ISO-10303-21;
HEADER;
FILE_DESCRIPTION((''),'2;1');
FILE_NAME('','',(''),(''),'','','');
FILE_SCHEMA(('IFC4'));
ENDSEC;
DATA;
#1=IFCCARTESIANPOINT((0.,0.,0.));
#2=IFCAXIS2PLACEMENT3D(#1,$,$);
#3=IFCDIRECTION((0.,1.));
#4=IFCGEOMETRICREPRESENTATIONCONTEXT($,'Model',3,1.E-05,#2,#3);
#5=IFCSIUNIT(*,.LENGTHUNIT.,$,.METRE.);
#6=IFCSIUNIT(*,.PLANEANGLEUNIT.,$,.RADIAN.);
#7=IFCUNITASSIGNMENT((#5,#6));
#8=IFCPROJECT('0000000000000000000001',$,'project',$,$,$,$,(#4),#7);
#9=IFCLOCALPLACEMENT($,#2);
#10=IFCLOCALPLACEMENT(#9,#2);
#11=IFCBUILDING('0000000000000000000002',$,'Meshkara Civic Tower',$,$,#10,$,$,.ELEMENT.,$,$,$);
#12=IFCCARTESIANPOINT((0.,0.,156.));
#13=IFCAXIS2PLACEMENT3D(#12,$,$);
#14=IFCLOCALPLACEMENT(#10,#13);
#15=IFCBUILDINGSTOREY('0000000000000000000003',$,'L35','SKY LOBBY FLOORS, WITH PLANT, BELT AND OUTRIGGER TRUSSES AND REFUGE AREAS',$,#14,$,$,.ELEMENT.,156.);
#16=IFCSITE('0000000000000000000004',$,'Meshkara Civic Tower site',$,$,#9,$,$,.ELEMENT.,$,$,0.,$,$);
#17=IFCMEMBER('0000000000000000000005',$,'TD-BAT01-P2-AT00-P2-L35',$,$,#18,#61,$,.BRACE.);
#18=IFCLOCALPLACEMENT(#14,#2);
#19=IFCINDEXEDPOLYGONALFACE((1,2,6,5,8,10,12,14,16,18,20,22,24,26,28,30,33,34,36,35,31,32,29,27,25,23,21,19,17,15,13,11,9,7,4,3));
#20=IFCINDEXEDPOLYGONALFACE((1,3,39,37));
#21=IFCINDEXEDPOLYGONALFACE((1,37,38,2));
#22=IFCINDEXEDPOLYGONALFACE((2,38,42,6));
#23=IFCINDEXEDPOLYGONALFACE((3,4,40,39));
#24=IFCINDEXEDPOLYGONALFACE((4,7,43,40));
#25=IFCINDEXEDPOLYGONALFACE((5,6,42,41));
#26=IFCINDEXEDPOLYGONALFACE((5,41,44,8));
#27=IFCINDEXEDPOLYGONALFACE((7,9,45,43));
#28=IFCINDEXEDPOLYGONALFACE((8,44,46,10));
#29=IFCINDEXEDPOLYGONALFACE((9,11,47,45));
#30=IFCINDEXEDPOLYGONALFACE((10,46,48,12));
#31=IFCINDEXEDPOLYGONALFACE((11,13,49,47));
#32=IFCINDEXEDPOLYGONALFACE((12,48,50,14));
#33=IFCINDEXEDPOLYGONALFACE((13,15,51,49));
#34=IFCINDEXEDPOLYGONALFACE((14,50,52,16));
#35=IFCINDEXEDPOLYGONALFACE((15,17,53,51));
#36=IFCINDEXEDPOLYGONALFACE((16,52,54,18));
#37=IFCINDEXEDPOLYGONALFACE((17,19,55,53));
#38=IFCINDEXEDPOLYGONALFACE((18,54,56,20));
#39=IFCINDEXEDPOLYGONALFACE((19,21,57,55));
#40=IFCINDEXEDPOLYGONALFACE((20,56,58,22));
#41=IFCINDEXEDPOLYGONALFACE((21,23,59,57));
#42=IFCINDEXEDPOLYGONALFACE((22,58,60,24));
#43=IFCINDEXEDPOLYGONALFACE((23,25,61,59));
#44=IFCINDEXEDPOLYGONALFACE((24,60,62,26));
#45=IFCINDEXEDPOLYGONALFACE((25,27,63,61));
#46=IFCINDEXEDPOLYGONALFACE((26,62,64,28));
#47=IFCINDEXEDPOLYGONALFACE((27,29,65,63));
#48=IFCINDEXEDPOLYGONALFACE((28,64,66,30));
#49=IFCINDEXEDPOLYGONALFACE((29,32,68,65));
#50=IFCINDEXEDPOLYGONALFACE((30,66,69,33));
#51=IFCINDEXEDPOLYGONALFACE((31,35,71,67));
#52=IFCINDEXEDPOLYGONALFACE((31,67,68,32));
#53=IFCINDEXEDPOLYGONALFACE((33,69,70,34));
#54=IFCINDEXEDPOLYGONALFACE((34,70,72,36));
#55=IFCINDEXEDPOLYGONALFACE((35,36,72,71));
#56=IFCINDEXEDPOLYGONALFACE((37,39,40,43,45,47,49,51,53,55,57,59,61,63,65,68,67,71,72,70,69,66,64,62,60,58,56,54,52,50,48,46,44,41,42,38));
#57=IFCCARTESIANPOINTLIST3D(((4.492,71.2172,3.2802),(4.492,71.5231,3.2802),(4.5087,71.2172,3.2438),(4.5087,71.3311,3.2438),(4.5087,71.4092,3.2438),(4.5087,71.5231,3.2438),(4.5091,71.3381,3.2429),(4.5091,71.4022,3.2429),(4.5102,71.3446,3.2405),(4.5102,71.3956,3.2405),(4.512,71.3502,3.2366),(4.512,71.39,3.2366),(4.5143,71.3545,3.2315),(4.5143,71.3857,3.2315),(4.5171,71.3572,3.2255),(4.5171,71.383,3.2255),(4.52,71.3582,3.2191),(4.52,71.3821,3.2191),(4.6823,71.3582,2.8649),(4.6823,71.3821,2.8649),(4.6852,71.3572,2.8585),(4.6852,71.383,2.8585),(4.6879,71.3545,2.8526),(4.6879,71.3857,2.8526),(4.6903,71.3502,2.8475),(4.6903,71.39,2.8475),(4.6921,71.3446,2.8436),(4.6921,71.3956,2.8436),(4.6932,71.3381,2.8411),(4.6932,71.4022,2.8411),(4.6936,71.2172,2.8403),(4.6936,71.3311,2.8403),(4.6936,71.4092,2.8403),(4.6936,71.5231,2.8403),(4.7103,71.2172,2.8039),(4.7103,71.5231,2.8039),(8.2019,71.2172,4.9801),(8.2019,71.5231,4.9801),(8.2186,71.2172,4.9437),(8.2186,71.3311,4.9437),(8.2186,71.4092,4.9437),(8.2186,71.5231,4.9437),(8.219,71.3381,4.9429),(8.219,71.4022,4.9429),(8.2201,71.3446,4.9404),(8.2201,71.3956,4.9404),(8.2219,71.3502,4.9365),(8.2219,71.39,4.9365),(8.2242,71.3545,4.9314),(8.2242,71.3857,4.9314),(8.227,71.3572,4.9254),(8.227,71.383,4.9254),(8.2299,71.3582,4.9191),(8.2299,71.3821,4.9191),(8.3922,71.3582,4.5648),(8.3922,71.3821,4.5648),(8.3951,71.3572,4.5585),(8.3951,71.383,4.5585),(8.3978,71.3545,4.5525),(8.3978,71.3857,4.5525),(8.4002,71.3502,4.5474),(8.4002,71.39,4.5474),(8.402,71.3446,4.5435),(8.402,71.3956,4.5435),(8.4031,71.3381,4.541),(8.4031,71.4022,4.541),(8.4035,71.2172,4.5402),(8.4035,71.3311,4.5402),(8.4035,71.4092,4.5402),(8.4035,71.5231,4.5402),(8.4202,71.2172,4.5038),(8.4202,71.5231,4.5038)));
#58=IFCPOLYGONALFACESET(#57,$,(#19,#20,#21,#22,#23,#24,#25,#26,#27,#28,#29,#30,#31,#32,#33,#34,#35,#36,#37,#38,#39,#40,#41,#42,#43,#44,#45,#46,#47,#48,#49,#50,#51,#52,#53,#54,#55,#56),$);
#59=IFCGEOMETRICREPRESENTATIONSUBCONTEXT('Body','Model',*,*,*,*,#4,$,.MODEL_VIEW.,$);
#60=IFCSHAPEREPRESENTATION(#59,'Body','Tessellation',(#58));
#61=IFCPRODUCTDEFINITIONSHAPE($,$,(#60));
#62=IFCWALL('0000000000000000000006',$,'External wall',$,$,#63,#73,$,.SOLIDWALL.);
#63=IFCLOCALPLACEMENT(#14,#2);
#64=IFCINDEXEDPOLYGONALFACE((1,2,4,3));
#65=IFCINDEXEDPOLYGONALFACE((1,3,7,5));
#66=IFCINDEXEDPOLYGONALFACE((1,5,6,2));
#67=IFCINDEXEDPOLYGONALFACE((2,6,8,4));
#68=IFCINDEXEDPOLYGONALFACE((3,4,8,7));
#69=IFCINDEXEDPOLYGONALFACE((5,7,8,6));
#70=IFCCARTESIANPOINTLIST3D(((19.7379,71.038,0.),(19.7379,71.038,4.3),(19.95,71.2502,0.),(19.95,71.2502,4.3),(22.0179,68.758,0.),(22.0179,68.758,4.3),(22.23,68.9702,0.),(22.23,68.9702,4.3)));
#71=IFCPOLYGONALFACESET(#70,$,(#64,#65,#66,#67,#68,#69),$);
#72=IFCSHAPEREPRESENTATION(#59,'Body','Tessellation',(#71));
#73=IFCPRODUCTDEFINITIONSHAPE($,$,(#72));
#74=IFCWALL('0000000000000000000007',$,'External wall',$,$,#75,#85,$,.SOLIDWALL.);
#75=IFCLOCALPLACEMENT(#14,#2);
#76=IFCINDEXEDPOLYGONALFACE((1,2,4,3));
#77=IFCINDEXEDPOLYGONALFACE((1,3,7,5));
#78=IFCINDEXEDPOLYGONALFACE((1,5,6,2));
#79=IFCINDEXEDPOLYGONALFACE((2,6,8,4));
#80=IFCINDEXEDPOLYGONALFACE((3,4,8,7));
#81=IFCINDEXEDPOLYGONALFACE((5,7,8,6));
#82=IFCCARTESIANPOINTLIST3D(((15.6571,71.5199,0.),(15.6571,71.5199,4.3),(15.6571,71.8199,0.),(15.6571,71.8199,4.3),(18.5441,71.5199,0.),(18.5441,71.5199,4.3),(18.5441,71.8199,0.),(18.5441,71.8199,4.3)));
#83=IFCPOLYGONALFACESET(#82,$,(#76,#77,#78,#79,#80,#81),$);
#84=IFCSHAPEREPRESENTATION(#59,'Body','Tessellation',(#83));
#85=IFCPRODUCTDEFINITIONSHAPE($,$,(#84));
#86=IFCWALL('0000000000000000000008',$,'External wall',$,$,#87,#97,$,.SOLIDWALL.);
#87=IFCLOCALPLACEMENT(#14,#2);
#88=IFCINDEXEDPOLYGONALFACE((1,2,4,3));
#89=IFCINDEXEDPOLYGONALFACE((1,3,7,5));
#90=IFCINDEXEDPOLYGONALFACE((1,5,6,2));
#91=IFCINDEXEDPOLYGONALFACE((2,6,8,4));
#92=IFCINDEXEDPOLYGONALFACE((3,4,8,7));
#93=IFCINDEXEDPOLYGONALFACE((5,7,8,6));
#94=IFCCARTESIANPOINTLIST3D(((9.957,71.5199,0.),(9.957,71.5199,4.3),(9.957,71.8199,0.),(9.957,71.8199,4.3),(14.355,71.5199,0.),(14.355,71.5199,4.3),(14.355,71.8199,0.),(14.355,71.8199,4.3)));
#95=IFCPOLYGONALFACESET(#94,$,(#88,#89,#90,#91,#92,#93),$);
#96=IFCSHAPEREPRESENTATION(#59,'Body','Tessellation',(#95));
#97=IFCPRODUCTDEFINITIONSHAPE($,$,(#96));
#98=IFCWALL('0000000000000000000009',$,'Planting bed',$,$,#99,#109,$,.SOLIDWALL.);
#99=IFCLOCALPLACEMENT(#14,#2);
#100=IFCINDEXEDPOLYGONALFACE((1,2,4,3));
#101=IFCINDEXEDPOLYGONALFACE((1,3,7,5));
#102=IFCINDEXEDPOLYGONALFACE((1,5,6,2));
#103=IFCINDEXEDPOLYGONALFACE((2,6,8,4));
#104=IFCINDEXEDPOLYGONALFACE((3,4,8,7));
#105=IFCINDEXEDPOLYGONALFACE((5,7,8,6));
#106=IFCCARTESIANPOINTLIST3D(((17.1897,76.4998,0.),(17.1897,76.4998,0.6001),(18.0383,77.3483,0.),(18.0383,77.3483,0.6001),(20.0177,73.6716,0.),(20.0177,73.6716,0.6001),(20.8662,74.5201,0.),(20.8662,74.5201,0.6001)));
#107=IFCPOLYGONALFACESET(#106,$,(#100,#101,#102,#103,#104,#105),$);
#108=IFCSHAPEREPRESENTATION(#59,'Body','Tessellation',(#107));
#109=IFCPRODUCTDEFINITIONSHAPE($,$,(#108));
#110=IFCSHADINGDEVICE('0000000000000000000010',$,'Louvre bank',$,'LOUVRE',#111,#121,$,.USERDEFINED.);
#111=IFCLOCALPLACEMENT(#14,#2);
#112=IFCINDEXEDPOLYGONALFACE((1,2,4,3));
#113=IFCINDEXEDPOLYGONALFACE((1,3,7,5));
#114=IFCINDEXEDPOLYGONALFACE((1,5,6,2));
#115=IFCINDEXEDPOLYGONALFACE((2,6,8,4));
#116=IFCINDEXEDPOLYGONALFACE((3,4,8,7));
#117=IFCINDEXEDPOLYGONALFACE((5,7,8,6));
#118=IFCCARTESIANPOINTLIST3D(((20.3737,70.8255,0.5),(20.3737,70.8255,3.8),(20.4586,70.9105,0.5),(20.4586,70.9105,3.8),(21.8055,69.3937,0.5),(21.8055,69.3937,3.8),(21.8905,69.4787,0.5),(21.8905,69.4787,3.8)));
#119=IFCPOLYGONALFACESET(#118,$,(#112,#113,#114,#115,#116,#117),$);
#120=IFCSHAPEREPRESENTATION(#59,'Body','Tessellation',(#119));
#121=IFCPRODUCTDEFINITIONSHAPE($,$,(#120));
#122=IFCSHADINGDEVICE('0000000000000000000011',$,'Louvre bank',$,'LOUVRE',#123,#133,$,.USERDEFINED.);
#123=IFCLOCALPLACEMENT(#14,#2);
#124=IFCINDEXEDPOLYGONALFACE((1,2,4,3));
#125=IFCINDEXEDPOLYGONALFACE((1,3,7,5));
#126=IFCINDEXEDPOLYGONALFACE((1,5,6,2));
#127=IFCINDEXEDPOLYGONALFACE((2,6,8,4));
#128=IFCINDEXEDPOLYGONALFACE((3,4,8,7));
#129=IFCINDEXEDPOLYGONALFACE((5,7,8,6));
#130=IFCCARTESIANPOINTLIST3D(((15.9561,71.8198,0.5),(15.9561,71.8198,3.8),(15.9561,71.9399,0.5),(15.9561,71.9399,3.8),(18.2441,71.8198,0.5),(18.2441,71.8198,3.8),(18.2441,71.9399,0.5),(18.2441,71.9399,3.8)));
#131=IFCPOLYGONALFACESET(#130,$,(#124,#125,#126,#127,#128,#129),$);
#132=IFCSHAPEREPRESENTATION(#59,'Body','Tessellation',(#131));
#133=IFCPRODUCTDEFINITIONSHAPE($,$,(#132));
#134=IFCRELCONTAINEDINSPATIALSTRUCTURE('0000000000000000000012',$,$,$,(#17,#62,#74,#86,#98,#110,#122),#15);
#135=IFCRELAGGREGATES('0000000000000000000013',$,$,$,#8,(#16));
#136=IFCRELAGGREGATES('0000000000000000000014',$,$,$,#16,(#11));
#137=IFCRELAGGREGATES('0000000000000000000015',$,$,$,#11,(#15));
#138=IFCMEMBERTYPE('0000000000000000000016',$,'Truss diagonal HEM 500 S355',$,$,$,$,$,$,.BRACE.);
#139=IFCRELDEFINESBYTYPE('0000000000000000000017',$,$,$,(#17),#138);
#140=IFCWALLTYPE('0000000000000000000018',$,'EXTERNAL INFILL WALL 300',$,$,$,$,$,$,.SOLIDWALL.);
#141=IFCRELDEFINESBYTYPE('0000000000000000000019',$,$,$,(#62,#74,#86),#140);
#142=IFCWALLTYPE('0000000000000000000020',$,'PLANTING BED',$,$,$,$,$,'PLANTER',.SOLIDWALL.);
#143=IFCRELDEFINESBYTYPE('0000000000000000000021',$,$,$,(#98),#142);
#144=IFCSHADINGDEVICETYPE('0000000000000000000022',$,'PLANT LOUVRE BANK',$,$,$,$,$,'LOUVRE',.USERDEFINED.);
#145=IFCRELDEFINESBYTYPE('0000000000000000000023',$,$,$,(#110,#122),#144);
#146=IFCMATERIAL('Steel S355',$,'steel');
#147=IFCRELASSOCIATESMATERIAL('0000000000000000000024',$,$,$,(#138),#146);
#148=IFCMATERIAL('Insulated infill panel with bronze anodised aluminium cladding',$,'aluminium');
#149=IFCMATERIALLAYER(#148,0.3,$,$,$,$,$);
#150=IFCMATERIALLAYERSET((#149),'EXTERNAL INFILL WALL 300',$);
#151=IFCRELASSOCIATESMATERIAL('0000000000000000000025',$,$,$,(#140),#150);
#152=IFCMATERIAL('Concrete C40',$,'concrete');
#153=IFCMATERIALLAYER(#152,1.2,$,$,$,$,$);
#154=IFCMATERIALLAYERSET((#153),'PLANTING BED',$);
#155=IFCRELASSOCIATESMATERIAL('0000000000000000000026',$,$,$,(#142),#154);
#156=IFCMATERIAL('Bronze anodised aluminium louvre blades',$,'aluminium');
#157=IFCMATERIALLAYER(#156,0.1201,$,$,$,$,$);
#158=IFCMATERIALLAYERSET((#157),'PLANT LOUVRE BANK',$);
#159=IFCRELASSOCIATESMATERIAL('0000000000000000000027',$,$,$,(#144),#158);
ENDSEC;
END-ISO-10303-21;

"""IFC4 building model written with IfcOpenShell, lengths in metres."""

from ifc_helpers import new_model, si_unit, direction, frame, frame_2d, origin, origin_2d, place, context, subcontext, project, spatial, rectangle, i_section, extrude, material, layer, layer_set, material_profile, profile_set, type_object, element, save


model = new_model("IFC4")

# Units and contexts
model_context = context("Model", 3, precision=1e-05, world=origin(), true_north=direction((0.0, 1.0)))
body_context = subcontext(model_context, "Body", "Model", "MODEL_VIEW")
ifc_project = project(units=[si_unit("LENGTHUNIT", "METRE"), si_unit("PLANEANGLEUNIT", "RADIAN")], contexts=[model_context])

# Site, building, storey
site_placement = place(None, origin())
site = spatial("IfcSite", under=ifc_project, at=site_placement, Name="Meshkara Civic Tower site", CompositionType="ELEMENT", RefElevation=0.0)
building_placement = place(site_placement, origin())
building = spatial("IfcBuilding", under=site, at=building_placement, Name="Meshkara Civic Tower", CompositionType="ELEMENT")
storey_placement = place(building_placement, frame((0.0, 0.0, 156.0)))
storey = spatial("IfcBuildingStorey", under=building, at=storey_placement, Name="L35", Description="SKY LOBBY FLOORS, WITH PLANT, BELT AND OUTRIGGER TRUSSES AND REFUGE AREAS", CompositionType="ELEMENT", Elevation=156.0)

# Member
ifc_material_1 = material(Name="Steel S355", Category="steel")
ifc_material_profile_1 = material_profile(ifc_material_1, i_section(OverallWidth=0.3059, OverallDepth=0.5239, WebThickness=0.0239, FlangeThickness=0.04, FilletRadius=0.0271, at=origin_2d()))
ifc_profile_set_1 = profile_set([ifc_material_profile_1], Name="Steel S355")
member_type = type_object("IfcMemberType", Name="Truss diagonal HEM 500 S355", PredefinedType="BRACE", material=ifc_profile_set_1)
for number, where, z_axis, x_axis, name in (
    (1, (8.311, 71.3701, 4.7419), (-0.909106, 0.0, -0.416564), (0.0, -1.0, 0.0), "TD-BAT01-P2-AT00-P2-L35"),
):
    element("IfcMember", number, at=place(storey_placement, frame(where, z_axis=z_axis, x_axis=x_axis)), inside=storey, type_object=member_type, Name=name, PredefinedType="BRACE", context=body_context, shape_type="SweptSolid", body=[
        extrude(i_section(OverallWidth=0.3059, OverallDepth=0.5239, WebThickness=0.0239, FlangeThickness=0.04, FilletRadius=0.0271, at=origin_2d()), origin(), (0.0, 0.0, 1.0), 4.0808),
    ])

# Walls
ifc_material_2 = material(Name="Insulated infill panel with bronze anodised aluminium cladding", Category="aluminium")
ifc_layer_1 = layer(ifc_material_2, 0.3)
ifc_layer_set_1 = layer_set([ifc_layer_1], Name="EXTERNAL INFILL WALL 300")
wall_type_1 = type_object("IfcWallType", Name="EXTERNAL INFILL WALL 300", PredefinedType="SOLIDWALL", material=ifc_layer_set_1)
wall_1_placement = place(storey_placement, frame((22.124, 68.864, 0.0), z_axis=(0.0, 0.0, 1.0), x_axis=(-0.707107, 0.707107, 0.0)))
element("IfcWall", 2, at=wall_1_placement, inside=storey, type_object=wall_type_1, Name="External wall", PredefinedType="SOLIDWALL", context=body_context, shape_type="SweptSolid", body=[
    extrude(rectangle(XDim=3.2244, YDim=0.3, at=frame_2d((1.6123, 0.0))), origin(), (0.0, 0.0, 1.0), 4.3),
])
wall_2_placement = place(storey_placement, frame((18.5439, 71.6699, 0.0), z_axis=(0.0, 0.0, 1.0), x_axis=(-1.0, 0.0, 0.0)))
element("IfcWall", 3, at=wall_2_placement, inside=storey, type_object=wall_type_1, Name="External wall", PredefinedType="SOLIDWALL", context=body_context, shape_type="SweptSolid", body=[
    extrude(rectangle(XDim=2.887, YDim=0.3, at=frame_2d((1.4434, 0.0))), origin(), (0.0, 0.0, 1.0), 4.3),
])
wall_3_placement = place(storey_placement, frame((14.355, 71.6699, 0.0), z_axis=(0.0, 0.0, 1.0), x_axis=(-1.0, 0.0, 0.0)))
element("IfcWall", 4, at=wall_3_placement, inside=storey, type_object=wall_type_1, Name="External wall", PredefinedType="SOLIDWALL", context=body_context, shape_type="SweptSolid", body=[
    extrude(rectangle(XDim=4.3979, YDim=0.3, at=frame_2d((2.199, 0.0))), origin(), (0.0, 0.0, 1.0), 4.3),
])

# Wall
ifc_material_3 = material(Name="Concrete C40", Category="concrete")
ifc_layer_2 = layer(ifc_material_3, 1.2)
ifc_layer_set_2 = layer_set([ifc_layer_2], Name="PLANTING BED")
wall_type_2 = type_object("IfcWallType", Name="PLANTING BED", ElementType="PLANTER", PredefinedType="SOLIDWALL", material=ifc_layer_set_2)
wall_4_placement = place(storey_placement, frame((17.614, 76.9241, 0.0), z_axis=(0.0, 0.0, 1.0), x_axis=(0.707076, -0.707137, 0.0)))
element("IfcWall", 5, at=wall_4_placement, inside=storey, type_object=wall_type_2, Name="Planting bed", PredefinedType="SOLIDWALL", context=body_context, shape_type="SweptSolid", body=[
    extrude(rectangle(XDim=3.9995, YDim=1.2, at=frame_2d((1.9998, 0.0))), origin(), (0.0, 0.0, 1.0), 0.6001),
])

# Shading devices
ifc_material_4 = material(Name="Bronze anodised aluminium louvre blades", Category="aluminium")
ifc_layer_3 = layer(ifc_material_4, 0.1201)
ifc_layer_set_3 = layer_set([ifc_layer_3], Name="PLANT LOUVRE BANK")
shading_device_type = type_object("IfcShadingDeviceType", Name="PLANT LOUVRE BANK", ElementType="LOUVRE", PredefinedType="USERDEFINED", material=ifc_layer_set_3)
shading_device_1_placement = place(storey_placement, frame((21.1321, 70.1521, 0.5), z_axis=(0.0, 0.0, 1.0), x_axis=(-0.707107, 0.707107, 0.0)))
element("IfcShadingDevice", 6, at=shading_device_1_placement, inside=storey, type_object=shading_device_type, Name="Louvre bank", ObjectType="LOUVRE", PredefinedType="USERDEFINED", context=body_context, shape_type="SweptSolid", body=[
    extrude(rectangle(XDim=2.0249, YDim=0.1201, at=origin_2d()), origin(), (0.0, 0.0, 1.0), 3.3),
])
shading_device_2_placement = place(storey_placement, frame((17.1001, 71.8799, 0.5), z_axis=(0.0, 0.0, 1.0), x_axis=(-1.0, 0.0, 0.0)))
element("IfcShadingDevice", 7, at=shading_device_2_placement, inside=storey, type_object=shading_device_type, Name="Louvre bank", ObjectType="LOUVRE", PredefinedType="USERDEFINED", context=body_context, shape_type="SweptSolid", body=[
    extrude(rectangle(XDim=2.2881, YDim=0.1201, at=origin_2d()), origin(), (0.0, 0.0, 1.0), 3.3),
])

save(model, "model.ifc")
